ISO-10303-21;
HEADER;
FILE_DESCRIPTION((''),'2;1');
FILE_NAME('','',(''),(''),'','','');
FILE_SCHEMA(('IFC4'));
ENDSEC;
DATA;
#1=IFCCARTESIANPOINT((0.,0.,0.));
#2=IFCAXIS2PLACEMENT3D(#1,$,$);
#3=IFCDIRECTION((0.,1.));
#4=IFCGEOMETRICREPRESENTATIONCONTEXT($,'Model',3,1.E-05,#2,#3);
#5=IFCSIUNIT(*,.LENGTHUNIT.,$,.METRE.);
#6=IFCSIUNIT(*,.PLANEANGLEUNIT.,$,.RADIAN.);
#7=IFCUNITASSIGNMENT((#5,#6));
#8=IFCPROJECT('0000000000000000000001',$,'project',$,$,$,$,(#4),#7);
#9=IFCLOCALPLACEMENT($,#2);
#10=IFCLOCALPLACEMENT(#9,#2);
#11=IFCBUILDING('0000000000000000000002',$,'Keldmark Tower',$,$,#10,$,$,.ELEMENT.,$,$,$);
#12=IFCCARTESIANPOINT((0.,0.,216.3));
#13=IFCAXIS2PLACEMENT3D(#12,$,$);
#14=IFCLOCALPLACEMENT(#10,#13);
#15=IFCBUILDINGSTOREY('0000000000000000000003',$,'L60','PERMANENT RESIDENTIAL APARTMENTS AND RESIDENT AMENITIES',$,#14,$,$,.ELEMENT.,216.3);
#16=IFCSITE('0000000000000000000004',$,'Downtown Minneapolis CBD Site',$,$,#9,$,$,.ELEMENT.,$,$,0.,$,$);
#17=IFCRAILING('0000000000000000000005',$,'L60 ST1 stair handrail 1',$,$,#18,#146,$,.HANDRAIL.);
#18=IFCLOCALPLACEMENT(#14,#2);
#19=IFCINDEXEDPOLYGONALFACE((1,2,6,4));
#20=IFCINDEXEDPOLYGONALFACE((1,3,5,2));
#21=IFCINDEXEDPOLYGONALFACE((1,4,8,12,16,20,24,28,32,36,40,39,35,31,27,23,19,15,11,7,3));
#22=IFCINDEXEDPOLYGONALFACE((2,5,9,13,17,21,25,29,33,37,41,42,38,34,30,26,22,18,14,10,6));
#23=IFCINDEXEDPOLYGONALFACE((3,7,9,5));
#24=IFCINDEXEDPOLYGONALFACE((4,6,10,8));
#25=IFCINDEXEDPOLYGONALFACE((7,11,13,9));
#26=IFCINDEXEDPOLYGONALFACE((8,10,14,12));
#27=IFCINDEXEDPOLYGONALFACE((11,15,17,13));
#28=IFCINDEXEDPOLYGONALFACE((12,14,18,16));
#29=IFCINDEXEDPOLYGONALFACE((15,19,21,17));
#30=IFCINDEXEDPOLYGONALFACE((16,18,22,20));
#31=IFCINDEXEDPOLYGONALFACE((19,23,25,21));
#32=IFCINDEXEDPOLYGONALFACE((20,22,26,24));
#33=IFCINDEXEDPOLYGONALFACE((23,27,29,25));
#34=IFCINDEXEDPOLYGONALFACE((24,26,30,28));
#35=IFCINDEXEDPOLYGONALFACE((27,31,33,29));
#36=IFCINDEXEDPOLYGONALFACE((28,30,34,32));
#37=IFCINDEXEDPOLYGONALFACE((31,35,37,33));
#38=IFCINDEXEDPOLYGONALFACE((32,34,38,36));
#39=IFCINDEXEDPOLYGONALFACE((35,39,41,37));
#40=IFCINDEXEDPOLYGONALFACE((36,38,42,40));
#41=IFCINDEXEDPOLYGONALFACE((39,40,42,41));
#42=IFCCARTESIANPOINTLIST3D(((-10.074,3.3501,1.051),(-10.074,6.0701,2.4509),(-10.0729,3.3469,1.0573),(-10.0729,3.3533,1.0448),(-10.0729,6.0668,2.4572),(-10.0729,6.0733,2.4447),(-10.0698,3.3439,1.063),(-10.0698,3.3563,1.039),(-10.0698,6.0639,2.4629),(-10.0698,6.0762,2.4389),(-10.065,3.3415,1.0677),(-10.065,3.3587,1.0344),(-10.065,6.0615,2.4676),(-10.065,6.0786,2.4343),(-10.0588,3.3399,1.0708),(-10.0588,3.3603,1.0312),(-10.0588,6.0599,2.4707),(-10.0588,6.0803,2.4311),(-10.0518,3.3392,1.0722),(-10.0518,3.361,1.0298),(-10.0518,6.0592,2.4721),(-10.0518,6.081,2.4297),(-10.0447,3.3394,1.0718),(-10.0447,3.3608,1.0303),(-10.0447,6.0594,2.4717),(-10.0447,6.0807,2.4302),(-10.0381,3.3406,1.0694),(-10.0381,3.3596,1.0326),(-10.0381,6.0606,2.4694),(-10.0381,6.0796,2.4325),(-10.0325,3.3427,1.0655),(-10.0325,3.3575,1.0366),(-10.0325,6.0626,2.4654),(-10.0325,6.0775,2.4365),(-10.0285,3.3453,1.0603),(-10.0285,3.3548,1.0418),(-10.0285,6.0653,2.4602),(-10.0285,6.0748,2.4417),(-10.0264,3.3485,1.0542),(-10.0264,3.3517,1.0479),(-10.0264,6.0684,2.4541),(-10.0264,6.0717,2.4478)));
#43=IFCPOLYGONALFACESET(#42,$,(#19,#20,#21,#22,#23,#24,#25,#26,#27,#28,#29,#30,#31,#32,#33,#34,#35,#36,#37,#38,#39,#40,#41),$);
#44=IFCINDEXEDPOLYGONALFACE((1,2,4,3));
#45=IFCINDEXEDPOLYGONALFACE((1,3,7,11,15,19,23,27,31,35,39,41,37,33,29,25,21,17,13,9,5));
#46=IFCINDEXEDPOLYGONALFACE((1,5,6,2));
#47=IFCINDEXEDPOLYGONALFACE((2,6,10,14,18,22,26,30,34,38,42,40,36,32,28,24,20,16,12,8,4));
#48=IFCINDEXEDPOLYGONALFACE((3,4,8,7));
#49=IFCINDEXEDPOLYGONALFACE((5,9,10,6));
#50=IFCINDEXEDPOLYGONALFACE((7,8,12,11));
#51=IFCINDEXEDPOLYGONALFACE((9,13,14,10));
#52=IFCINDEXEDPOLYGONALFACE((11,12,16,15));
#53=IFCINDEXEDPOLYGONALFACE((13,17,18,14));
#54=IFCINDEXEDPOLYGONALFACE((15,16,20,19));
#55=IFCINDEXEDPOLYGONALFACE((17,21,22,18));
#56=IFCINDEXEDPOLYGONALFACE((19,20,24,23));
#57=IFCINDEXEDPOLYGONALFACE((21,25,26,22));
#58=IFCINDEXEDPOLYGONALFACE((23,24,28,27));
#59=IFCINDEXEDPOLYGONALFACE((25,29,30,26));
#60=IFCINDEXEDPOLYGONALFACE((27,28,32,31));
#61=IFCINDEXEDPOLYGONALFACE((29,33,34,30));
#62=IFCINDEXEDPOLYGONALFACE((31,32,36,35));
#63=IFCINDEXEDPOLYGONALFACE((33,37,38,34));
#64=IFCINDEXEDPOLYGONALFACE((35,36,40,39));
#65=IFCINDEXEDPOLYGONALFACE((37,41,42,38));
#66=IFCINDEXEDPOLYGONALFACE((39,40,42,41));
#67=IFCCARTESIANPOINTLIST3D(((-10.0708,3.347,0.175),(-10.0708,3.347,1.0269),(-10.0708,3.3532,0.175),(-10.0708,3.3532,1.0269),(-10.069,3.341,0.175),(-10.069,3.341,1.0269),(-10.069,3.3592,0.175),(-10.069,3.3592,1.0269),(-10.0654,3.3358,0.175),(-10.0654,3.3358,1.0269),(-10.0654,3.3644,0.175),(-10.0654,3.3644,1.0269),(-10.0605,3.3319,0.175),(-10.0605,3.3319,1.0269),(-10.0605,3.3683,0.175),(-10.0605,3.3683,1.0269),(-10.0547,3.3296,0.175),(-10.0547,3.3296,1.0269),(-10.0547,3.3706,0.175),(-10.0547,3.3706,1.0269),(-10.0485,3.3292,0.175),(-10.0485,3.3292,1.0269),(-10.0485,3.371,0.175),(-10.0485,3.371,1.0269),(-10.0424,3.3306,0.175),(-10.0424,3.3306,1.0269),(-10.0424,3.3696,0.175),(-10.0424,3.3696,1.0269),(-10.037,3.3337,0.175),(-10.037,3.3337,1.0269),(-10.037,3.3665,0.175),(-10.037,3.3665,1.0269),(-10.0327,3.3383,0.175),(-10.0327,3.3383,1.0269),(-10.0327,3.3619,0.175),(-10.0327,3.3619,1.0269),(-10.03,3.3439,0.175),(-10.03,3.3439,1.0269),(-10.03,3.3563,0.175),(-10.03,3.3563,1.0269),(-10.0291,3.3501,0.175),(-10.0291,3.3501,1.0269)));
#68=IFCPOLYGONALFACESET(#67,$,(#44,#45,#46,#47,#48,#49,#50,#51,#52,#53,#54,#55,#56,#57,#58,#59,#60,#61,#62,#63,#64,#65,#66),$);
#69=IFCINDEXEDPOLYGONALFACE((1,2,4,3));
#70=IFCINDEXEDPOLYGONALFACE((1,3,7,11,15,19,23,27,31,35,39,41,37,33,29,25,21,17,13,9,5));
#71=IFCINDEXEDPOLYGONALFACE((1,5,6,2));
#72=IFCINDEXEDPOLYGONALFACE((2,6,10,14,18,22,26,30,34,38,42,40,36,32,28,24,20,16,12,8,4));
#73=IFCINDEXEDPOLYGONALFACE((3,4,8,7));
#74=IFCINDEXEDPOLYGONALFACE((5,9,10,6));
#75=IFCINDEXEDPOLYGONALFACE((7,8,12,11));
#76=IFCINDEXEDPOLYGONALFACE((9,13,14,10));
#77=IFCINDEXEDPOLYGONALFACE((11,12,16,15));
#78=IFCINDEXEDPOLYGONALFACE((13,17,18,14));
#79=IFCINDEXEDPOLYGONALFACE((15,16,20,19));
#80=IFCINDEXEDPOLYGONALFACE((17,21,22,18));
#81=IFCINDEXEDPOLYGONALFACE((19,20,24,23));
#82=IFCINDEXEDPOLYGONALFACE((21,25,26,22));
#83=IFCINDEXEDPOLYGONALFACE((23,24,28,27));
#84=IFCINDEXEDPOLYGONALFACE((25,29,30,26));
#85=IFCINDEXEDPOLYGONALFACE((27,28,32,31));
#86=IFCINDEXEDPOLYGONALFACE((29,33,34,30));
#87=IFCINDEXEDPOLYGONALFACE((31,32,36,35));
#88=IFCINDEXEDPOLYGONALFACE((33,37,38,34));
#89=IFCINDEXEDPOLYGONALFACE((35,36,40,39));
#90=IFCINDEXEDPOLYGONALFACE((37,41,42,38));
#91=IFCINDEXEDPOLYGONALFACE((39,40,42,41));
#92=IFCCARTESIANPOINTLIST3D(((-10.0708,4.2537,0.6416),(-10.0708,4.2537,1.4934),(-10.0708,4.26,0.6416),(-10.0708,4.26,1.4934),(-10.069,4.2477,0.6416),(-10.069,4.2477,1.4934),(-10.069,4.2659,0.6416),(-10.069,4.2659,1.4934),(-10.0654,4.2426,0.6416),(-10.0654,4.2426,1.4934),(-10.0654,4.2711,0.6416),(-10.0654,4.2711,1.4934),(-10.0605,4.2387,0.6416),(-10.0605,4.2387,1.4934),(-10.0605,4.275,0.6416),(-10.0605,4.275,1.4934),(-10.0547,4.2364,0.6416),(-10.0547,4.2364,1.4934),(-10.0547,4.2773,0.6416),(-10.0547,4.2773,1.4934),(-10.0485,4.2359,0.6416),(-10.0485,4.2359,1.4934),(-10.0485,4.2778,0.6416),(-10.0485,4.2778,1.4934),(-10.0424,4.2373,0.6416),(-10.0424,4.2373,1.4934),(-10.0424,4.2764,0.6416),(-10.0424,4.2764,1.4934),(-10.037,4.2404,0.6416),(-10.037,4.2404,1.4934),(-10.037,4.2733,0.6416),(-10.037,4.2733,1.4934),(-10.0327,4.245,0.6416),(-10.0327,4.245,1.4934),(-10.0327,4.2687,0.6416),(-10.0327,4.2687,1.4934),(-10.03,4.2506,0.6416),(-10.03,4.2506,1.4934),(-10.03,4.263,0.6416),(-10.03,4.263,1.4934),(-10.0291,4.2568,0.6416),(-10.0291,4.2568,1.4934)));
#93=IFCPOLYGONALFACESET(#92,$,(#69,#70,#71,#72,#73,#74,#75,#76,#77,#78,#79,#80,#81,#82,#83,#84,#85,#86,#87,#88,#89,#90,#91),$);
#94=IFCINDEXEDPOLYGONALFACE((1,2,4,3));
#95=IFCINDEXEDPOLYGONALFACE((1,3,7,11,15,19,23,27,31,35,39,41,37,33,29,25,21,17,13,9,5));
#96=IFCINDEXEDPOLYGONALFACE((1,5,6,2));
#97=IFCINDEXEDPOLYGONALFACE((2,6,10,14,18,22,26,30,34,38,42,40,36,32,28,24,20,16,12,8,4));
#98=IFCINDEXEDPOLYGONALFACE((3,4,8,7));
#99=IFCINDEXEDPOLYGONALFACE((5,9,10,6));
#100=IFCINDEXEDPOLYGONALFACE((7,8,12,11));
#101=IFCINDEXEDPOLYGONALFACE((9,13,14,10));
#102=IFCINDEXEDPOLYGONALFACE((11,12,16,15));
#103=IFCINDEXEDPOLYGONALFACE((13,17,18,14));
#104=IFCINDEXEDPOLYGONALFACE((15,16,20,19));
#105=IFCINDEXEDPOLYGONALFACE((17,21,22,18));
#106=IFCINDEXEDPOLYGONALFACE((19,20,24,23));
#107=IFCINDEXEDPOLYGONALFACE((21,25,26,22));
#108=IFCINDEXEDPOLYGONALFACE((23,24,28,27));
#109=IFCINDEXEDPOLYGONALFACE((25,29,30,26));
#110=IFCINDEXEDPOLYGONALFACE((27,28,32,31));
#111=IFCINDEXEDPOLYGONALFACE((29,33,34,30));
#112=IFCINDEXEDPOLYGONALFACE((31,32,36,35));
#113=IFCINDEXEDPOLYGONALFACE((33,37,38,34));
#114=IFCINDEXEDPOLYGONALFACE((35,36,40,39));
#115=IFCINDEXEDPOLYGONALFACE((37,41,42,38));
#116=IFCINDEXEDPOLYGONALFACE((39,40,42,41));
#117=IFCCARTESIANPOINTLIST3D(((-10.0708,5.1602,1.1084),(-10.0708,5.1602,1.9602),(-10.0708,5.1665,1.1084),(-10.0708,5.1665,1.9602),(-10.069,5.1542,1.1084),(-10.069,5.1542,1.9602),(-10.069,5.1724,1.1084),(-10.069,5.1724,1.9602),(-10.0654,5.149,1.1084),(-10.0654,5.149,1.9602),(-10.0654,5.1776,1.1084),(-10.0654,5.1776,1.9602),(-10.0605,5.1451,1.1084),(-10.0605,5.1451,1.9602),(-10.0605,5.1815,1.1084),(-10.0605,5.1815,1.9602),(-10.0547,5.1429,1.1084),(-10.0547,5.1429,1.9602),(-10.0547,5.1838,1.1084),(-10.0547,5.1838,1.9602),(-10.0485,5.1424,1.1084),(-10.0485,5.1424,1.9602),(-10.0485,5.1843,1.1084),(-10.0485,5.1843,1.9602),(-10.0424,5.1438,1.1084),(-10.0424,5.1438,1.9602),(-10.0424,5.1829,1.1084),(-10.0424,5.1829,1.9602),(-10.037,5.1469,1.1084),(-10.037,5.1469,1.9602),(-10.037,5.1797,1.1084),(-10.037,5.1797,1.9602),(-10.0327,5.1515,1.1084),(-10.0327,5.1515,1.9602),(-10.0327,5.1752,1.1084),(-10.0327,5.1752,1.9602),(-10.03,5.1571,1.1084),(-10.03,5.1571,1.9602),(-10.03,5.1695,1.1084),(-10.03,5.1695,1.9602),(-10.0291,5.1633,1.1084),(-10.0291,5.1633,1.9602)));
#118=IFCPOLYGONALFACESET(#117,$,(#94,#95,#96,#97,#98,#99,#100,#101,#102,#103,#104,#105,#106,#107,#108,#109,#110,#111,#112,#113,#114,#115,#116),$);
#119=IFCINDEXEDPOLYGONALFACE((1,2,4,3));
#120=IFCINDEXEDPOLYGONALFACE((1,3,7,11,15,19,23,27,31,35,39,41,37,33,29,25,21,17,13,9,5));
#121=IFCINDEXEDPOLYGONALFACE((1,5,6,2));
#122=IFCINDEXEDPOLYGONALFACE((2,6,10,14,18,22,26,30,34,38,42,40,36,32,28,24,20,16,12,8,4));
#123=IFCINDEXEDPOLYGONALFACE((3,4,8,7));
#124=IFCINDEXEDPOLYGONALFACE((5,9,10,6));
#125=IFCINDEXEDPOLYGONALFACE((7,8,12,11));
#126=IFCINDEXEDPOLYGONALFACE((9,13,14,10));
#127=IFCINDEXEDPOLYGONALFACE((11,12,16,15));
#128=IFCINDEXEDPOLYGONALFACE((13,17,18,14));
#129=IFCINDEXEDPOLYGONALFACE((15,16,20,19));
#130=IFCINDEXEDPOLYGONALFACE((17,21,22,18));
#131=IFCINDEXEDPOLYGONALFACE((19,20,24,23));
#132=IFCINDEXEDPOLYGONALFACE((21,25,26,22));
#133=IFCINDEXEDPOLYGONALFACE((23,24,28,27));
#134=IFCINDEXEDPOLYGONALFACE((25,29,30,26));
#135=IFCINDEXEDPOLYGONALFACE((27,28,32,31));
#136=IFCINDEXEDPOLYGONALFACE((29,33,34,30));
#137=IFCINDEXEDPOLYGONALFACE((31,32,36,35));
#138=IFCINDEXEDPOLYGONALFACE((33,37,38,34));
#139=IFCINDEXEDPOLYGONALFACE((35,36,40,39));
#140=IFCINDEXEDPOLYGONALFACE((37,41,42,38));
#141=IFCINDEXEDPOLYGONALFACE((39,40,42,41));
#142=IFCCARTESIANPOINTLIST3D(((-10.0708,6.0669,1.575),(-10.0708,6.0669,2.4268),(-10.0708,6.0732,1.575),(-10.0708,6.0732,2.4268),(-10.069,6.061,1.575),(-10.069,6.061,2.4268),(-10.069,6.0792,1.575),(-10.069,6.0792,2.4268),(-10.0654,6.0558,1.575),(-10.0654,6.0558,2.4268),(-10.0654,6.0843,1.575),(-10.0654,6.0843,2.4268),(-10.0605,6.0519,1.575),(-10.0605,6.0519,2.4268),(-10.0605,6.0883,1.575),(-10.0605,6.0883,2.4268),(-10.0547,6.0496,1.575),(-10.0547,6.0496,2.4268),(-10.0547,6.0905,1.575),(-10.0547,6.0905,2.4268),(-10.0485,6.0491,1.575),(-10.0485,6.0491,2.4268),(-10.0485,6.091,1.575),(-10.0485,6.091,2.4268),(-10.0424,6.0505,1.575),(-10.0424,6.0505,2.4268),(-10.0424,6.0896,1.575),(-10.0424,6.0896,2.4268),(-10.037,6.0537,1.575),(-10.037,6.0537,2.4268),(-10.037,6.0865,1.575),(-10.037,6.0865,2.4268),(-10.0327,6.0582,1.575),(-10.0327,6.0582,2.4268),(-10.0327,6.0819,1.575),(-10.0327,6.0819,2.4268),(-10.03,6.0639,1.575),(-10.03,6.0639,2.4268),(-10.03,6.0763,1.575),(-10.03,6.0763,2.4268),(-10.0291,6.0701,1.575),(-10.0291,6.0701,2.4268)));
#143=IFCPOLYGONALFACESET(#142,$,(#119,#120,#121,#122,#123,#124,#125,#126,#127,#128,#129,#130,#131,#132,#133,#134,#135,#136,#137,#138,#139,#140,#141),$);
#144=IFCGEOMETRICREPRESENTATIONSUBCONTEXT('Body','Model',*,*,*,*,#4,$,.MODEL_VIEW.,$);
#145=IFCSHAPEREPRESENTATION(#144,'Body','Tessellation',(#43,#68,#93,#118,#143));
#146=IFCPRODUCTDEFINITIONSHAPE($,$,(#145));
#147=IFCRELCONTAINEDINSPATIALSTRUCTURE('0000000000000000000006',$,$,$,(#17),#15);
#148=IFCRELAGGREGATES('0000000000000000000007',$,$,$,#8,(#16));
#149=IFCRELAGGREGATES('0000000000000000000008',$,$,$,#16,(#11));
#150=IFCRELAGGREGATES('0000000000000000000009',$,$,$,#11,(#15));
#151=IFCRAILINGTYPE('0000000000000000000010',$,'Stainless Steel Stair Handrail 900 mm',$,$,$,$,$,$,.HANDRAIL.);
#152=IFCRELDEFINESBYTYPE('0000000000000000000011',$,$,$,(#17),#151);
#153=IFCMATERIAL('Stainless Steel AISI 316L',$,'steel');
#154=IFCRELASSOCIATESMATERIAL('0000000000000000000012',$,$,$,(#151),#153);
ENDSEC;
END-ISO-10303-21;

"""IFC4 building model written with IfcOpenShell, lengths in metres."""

from ifc_helpers import new_model, si_unit, direction, frame, origin, origin_2d, place, context, subcontext, project, spatial, circle, extrude, material, type_object, element, save


model = new_model("IFC4")

# Units and contexts
model_context = context("Model", 3, precision=1e-05, world=origin(), true_north=direction((0.0, 1.0)))
body_context = subcontext(model_context, "Body", "Model", "MODEL_VIEW")
ifc_project = project(units=[si_unit("LENGTHUNIT", "METRE"), si_unit("PLANEANGLEUNIT", "RADIAN")], contexts=[model_context])

# Site, building, storey
site_placement = place(None, origin())
site = spatial("IfcSite", under=ifc_project, at=site_placement, Name="Downtown Minneapolis CBD Site", CompositionType="ELEMENT", RefElevation=0.0)
building_placement = place(site_placement, origin())
building = spatial("IfcBuilding", under=site, at=building_placement, Name="Keldmark Tower", CompositionType="ELEMENT")
storey_placement = place(building_placement, frame((0.0, 0.0, 216.3)))
storey = spatial("IfcBuildingStorey", under=building, at=storey_placement, Name="L60", Description="PERMANENT RESIDENTIAL APARTMENTS AND RESIDENT AMENITIES", CompositionType="ELEMENT", Elevation=216.3)

# Railing
ifc_material_1 = material(Name="Stainless Steel AISI 316L", Category="steel")
railing_type = type_object("IfcRailingType", Name="Stainless Steel Stair Handrail 900 mm", PredefinedType="HANDRAIL", material=ifc_material_1)
railing_placement = place(storey_placement, frame((-10.05, 3.3501, 0.175)))
element("IfcRailing", 1, at=railing_placement, inside=storey, type_object=railing_type, Name="L60 ST1 stair handrail 1", PredefinedType="HANDRAIL", context=body_context, shape_type="SweptSolid", body=[
    extrude(circle(Radius=0.0239, at=origin_2d()), frame((0.0, 0.0, 0.876), z_axis=(0.0, 0.889147, 0.457622), x_axis=(-1.0, 0.0, 0.0)), (0.0, 0.0, 1.0), 3.0591),
    extrude(circle(Radius=0.021, at=origin_2d()), origin(), (0.0, 0.0, 1.0), 0.8518),
    extrude(circle(Radius=0.021, at=origin_2d()), frame((0.0, 0.9067, 0.4666)), (0.0, 0.0, 1.0), 0.8518),
    extrude(circle(Radius=0.021, at=origin_2d()), frame((0.0, 1.8132, 0.9333)), (0.0, 0.0, 1.0), 0.8518),
    extrude(circle(Radius=0.021, at=origin_2d()), frame((0.0, 2.72, 1.3999)), (0.0, 0.0, 1.0), 0.8518),
])

save(model, "model.ifc")
